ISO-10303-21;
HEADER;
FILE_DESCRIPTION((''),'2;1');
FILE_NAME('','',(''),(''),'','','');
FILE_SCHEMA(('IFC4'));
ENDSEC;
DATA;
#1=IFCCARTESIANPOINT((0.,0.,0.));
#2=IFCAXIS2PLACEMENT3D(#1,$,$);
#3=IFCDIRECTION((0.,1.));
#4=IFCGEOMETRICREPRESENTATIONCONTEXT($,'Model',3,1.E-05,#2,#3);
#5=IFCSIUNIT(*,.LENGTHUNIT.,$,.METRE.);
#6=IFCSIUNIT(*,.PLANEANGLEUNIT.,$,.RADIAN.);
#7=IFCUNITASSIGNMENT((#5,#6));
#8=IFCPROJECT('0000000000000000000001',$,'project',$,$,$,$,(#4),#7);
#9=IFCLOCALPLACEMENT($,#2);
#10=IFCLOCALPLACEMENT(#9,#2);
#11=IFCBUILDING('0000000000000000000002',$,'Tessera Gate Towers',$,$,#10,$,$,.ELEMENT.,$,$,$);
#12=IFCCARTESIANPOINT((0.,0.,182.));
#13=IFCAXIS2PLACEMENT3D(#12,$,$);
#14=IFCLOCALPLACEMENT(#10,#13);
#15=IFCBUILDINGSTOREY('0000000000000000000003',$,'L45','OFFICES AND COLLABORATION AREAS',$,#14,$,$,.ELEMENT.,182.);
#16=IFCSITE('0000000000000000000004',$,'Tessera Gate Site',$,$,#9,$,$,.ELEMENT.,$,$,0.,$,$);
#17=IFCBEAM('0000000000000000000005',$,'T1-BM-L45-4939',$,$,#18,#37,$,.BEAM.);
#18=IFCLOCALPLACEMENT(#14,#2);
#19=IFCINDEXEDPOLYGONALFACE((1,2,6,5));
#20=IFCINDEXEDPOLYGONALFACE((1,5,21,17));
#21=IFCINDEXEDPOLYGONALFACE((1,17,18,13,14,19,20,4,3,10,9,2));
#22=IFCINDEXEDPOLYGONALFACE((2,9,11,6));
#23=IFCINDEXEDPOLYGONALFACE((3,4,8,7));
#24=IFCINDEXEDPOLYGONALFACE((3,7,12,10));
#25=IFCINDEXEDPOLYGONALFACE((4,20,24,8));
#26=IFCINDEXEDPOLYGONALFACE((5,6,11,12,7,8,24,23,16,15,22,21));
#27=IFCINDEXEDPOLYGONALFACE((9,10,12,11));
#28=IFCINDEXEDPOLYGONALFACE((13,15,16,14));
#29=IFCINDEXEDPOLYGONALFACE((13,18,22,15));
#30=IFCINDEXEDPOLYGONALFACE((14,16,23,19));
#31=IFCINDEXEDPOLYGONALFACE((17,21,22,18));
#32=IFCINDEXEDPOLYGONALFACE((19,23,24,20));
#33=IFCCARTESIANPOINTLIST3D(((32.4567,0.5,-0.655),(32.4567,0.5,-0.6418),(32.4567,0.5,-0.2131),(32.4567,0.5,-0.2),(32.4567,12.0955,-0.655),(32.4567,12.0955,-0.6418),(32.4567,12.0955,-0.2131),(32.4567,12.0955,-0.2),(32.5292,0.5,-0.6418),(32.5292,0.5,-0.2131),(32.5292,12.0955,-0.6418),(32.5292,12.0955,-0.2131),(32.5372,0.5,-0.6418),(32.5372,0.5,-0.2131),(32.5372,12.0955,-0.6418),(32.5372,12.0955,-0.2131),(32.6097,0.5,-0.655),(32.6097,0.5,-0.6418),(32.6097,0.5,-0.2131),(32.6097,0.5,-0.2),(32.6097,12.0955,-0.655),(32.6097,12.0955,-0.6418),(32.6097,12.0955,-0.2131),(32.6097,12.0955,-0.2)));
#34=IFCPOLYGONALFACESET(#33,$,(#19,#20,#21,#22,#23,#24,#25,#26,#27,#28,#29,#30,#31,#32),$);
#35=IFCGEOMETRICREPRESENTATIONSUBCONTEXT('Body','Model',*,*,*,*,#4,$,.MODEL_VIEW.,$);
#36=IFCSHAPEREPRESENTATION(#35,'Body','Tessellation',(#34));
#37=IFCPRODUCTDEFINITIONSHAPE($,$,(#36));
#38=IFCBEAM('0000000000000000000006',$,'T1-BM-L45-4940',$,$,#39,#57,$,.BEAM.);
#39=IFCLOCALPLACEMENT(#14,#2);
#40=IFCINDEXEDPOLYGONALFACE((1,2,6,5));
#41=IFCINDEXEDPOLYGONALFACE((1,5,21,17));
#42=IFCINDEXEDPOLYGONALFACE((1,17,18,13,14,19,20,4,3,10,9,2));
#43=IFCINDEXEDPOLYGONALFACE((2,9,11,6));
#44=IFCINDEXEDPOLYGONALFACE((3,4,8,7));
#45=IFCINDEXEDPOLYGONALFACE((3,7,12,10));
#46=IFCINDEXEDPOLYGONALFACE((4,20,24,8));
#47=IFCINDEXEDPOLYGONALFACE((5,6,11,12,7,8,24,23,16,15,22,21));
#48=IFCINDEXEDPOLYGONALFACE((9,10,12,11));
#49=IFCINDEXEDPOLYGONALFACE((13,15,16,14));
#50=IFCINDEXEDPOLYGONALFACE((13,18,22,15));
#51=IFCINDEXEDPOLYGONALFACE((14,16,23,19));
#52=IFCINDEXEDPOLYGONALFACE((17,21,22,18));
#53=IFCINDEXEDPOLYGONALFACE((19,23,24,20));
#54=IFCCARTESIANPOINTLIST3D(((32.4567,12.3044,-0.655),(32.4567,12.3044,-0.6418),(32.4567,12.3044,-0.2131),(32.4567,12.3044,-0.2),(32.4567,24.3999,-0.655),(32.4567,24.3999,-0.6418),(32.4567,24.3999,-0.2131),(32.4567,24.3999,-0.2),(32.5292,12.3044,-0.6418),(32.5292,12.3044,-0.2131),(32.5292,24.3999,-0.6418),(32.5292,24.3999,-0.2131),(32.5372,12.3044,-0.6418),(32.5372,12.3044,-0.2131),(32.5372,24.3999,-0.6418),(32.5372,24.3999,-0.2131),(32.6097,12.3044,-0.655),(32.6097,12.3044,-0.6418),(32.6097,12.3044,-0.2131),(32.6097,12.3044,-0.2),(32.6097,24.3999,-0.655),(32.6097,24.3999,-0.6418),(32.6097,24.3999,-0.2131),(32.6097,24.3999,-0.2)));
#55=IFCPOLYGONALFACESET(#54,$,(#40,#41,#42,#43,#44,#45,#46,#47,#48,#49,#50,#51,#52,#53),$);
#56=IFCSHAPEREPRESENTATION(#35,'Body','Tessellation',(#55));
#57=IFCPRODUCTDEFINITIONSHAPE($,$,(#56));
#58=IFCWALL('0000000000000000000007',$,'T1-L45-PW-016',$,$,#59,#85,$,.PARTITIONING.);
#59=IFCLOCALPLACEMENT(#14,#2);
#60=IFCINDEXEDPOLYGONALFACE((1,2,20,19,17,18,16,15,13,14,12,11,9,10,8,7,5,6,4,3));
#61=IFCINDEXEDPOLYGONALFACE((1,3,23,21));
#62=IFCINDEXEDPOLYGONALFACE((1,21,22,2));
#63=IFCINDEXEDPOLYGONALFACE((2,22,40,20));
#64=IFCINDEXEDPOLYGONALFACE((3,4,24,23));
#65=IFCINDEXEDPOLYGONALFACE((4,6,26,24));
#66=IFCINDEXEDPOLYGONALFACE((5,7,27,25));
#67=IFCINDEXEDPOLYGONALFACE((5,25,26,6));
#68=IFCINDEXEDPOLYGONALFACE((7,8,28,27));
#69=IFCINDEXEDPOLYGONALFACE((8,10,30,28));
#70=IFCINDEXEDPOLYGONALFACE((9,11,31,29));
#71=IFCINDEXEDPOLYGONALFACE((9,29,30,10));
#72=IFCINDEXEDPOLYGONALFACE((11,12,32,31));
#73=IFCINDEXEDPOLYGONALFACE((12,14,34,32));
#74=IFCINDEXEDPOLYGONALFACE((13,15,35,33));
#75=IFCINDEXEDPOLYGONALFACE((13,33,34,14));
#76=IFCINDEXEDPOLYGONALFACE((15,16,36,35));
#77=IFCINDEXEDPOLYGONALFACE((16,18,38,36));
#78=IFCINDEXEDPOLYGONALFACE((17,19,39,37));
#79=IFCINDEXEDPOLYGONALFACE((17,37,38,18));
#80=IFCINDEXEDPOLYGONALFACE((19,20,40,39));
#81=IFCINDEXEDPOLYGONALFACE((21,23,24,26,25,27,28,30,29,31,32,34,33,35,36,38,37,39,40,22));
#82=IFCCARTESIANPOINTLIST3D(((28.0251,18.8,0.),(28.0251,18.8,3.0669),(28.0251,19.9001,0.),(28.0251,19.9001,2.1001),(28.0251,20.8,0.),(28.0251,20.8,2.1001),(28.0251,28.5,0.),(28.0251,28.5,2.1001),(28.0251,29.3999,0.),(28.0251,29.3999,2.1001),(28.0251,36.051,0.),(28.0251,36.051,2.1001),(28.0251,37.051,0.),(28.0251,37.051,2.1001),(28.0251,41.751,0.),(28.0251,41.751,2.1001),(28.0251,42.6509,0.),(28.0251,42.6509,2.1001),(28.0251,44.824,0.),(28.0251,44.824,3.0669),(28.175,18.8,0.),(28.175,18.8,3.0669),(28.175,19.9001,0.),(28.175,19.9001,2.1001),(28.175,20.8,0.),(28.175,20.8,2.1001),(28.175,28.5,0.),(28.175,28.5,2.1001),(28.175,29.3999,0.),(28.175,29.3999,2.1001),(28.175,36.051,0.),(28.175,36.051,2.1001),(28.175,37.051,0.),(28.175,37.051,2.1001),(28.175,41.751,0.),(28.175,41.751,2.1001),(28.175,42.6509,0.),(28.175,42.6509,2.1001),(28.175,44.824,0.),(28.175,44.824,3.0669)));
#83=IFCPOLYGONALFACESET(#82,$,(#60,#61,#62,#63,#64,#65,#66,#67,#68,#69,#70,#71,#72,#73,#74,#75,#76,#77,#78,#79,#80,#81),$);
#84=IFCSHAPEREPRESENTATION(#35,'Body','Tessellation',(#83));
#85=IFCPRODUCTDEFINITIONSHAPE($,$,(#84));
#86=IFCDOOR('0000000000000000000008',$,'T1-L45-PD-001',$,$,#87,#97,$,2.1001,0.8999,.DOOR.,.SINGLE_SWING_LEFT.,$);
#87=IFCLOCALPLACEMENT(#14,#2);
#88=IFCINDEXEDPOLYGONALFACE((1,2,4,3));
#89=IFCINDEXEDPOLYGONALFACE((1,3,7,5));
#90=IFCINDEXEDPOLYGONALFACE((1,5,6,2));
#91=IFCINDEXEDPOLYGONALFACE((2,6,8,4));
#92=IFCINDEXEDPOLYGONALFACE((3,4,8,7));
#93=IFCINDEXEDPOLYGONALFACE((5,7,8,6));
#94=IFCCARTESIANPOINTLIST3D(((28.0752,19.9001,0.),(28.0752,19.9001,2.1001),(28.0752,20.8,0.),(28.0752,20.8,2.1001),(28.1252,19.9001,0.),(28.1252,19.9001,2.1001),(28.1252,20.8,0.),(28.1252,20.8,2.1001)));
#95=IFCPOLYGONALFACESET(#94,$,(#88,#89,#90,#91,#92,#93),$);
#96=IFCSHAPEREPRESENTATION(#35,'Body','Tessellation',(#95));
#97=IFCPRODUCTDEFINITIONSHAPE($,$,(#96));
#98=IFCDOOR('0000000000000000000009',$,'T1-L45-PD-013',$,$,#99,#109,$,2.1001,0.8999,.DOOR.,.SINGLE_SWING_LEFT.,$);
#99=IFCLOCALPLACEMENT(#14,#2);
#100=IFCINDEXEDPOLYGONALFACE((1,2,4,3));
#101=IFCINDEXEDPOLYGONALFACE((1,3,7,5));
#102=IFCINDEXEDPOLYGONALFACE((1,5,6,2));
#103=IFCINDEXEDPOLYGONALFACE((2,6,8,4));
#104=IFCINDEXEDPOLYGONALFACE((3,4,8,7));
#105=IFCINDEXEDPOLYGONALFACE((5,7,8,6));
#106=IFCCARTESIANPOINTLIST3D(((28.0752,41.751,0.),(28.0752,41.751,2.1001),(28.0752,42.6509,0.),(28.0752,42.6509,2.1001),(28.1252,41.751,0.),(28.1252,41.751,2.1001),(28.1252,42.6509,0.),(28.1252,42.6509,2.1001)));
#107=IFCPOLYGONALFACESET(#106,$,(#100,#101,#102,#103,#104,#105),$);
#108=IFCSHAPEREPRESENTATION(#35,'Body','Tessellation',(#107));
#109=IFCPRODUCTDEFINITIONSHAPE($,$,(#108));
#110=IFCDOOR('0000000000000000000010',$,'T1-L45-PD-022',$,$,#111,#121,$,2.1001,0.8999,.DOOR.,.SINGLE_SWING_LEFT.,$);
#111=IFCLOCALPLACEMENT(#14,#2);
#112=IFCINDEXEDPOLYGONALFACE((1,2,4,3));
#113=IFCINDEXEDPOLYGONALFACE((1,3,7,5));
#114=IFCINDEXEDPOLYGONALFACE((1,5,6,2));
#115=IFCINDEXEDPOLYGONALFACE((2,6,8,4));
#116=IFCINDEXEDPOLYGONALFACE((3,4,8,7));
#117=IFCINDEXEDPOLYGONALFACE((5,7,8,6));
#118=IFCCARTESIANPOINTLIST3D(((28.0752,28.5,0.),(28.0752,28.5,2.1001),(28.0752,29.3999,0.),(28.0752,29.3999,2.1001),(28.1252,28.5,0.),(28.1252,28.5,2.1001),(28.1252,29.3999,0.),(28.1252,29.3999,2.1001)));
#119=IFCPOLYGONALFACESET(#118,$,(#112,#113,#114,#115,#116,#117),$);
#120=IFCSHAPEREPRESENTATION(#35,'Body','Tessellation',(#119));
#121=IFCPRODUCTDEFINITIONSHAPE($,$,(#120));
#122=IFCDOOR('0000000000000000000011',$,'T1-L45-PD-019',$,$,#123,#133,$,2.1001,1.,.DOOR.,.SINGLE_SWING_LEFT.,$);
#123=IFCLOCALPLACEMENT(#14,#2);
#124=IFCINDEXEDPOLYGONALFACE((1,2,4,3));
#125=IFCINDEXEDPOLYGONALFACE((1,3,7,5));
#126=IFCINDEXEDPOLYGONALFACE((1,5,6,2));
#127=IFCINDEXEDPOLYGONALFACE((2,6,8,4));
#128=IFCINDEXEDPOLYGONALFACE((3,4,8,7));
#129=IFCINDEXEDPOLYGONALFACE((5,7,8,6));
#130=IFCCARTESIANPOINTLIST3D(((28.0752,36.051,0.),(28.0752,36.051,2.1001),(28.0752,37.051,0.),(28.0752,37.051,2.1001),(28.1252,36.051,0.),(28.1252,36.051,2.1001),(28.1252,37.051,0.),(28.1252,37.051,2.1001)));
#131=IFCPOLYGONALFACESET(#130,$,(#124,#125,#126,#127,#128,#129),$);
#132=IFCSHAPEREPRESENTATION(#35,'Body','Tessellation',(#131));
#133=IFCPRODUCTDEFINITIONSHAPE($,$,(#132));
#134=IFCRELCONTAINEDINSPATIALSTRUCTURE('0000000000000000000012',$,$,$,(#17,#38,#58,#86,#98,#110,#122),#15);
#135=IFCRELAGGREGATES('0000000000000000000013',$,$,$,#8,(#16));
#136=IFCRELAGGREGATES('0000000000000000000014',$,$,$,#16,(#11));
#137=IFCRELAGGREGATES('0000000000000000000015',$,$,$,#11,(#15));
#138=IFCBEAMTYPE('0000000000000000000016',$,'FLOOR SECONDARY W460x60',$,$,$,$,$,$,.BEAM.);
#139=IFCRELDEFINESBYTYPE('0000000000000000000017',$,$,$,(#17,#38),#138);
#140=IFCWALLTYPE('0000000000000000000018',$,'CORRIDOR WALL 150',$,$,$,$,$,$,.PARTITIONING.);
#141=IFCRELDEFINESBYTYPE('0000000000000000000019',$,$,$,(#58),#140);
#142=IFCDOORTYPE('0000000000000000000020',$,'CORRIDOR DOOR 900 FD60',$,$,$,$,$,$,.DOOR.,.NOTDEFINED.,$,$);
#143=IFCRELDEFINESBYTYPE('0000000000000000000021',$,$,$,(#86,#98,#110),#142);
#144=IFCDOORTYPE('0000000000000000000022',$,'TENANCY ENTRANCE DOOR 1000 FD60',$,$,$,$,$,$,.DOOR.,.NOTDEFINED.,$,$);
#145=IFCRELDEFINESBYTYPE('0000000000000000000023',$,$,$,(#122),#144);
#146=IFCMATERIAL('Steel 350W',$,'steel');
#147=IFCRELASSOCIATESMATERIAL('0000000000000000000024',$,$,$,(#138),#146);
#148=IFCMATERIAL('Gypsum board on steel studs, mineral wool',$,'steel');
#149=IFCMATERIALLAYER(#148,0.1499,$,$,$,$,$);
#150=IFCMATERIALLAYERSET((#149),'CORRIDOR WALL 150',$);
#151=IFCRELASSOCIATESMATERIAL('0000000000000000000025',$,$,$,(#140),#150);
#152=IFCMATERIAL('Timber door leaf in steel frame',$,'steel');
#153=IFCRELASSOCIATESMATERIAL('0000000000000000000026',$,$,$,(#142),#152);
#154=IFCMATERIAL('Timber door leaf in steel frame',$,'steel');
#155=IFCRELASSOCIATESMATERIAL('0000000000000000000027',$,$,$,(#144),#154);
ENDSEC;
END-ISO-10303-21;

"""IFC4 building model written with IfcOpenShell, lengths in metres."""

from ifc_helpers import new_model, si_unit, direction, frame, frame_2d, origin, origin_2d, place, context, subcontext, project, spatial, rectangle, i_section, extrude, source, transform, mapped, material, layer, layer_set, material_profile, profile_set, type_object, element, fill, save


model = new_model("IFC4")

# Units and contexts
model_context = context("Model", 3, precision=1e-05, world=origin(), true_north=direction((0.0, 1.0)))
body_context = subcontext(model_context, "Body", "Model", "MODEL_VIEW")
ifc_project = project(units=[si_unit("LENGTHUNIT", "METRE"), si_unit("PLANEANGLEUNIT", "RADIAN")], contexts=[model_context])

# Site, building, storey
site_placement = place(None, origin())
site = spatial("IfcSite", under=ifc_project, at=site_placement, Name="Tessera Gate Site", CompositionType="ELEMENT", RefElevation=0.0)
building_placement = place(site_placement, origin())
building = spatial("IfcBuilding", under=site, at=building_placement, Name="Tessera Gate Towers", CompositionType="ELEMENT")
storey_placement = place(building_placement, frame((0.0, 0.0, 182.0)))
storey = spatial("IfcBuildingStorey", under=building, at=storey_placement, Name="L45", Description="OFFICES AND COLLABORATION AREAS", CompositionType="ELEMENT", Elevation=182.0)

# Beams
ifc_material_1 = material(Name="Steel 350W", Category="steel")
ifc_material_profile_1 = material_profile(ifc_material_1, i_section(OverallWidth=0.1531, OverallDepth=0.4551, WebThickness=0.0081, FlangeThickness=0.0132, at=origin_2d()), Name="W460x60")
ifc_profile_set_1 = profile_set([ifc_material_profile_1], Name="Steel 350W")
beam_type_1 = type_object("IfcBeamType", Name="FLOOR SECONDARY W460x60", PredefinedType="BEAM", material=ifc_profile_set_1)
beam_1_placement = place(storey_placement, frame((32.5332, 0.5, -0.4275), z_axis=(0.0, 1.0, 0.0), x_axis=(-1.0, 0.0, 0.0)))
element("IfcBeam", 1, at=beam_1_placement, inside=storey, type_object=beam_type_1, Name="T1-BM-L45-4939", PredefinedType="BEAM", context=body_context, shape_type="SweptSolid", body=[
    extrude(i_section(OverallWidth=0.1531, OverallDepth=0.4551, WebThickness=0.0081, FlangeThickness=0.0132, at=origin_2d()), origin(), (0.0, 0.0, 1.0), 11.5955),
])
beam_2_placement = place(storey_placement, frame((32.5332, 12.3044, -0.4275), z_axis=(0.0, 1.0, 0.0), x_axis=(-1.0, 0.0, 0.0)))
element("IfcBeam", 2, at=beam_2_placement, inside=storey, type_object=beam_type_1, Name="T1-BM-L45-4940", PredefinedType="BEAM", context=body_context, shape_type="SweptSolid", body=[
    extrude(i_section(OverallWidth=0.1531, OverallDepth=0.4551, WebThickness=0.0081, FlangeThickness=0.0132, at=origin_2d()), origin(), (0.0, 0.0, 1.0), 12.0955),
])

# Wall, openings, doors
ifc_material_2 = material(Name="Gypsum board on steel studs, mineral wool", Category="steel")
ifc_layer_1 = layer(ifc_material_2, 0.1499)
ifc_layer_set_1 = layer_set([ifc_layer_1], Name="CORRIDOR WALL 150")
wall_type_1 = type_object("IfcWallType", Name="CORRIDOR WALL 150", PredefinedType="PARTITIONING", material=ifc_layer_set_1)
wall_1_placement = place(storey_placement, frame((28.1001, 18.8, 0.0), z_axis=(0.0, 0.0, 1.0), x_axis=(0.0, 1.0, 0.0)))
wall_1 = element("IfcWall", 3, at=wall_1_placement, inside=storey, type_object=wall_type_1, Name="T1-L45-PW-016", PredefinedType="PARTITIONING", context=body_context, shape_type="SweptSolid", body=[
    extrude(rectangle(XDim=26.0239, YDim=0.1499, at=frame_2d((13.012, 0.0))), origin(), (0.0, 0.0, 1.0), 3.0669),
])
shared_shape_1 = source(origin(), body_context, "Body", "SweptSolid", [
    extrude(rectangle(XDim=0.8999, YDim=2.1001, at=frame_2d((0.45, 1.05))), frame((0.0, 0.085, 0.0), z_axis=(0.0, -1.0, 0.0), x_axis=(1.0, 0.0, 0.0)), (0.0, 0.0, 1.0), 0.1699),
])
opening_1_placement = place(wall_1_placement, frame((1.1001, 0.0, 0.0)))
opening_1 = element("IfcOpeningElement", 4, at=opening_1_placement, cuts=wall_1, PredefinedType="OPENING", context=body_context, shape_type="MappedRepresentation", body=[
    mapped(shared_shape_1, transform((0.0, 0.0, 0.0), scale=1.0)),
])
opening_2_placement = place(wall_1_placement, frame((22.9509, 0.0, 0.0)))
opening_2 = element("IfcOpeningElement", 5, at=opening_2_placement, cuts=wall_1, PredefinedType="OPENING", context=body_context, shape_type="MappedRepresentation", body=[
    mapped(shared_shape_1, transform((0.0, 0.0, 0.0), scale=1.0)),
])
shared_shape_2 = source(origin(), body_context, "Body", "SweptSolid", [
    extrude(rectangle(XDim=1.0, YDim=2.1001, at=frame_2d((0.5, 1.05))), frame((0.0, 0.085, 0.0), z_axis=(0.0, -1.0, 0.0), x_axis=(1.0, 0.0, 0.0)), (0.0, 0.0, 1.0), 0.1699),
])
opening_3_placement = place(wall_1_placement, frame((17.251, 0.0, 0.0)))
opening_3 = element("IfcOpeningElement", 6, at=opening_3_placement, cuts=wall_1, PredefinedType="OPENING", context=body_context, shape_type="MappedRepresentation", body=[
    mapped(shared_shape_2, transform((0.0, 0.0, 0.0), scale=1.0)),
])
opening_4_placement = place(wall_1_placement, frame((9.7, 0.0, 0.0)))
opening_4 = element("IfcOpeningElement", 7, at=opening_4_placement, cuts=wall_1, PredefinedType="OPENING", context=body_context, shape_type="MappedRepresentation", body=[
    mapped(shared_shape_1, transform((0.0, 0.0, 0.0), scale=1.0)),
])
ifc_material_3 = material(Name="Timber door leaf in steel frame", Category="steel")
door_type_1 = type_object("IfcDoorType", Name="CORRIDOR DOOR 900 FD60", OperationType="NOTDEFINED", PredefinedType="DOOR", material=ifc_material_3)
shared_shape_3 = source(origin(), body_context, "Body", "SweptSolid", [
    extrude(rectangle(XDim=0.8999, YDim=2.1001, at=frame_2d((0.45, 1.05))), frame((0.0, 0.0249, 0.0), z_axis=(0.0, -1.0, 0.0), x_axis=(1.0, 0.0, 0.0)), (0.0, 0.0, 1.0), 0.05),
])
door_1_placement = place(opening_1_placement, origin())
door_1 = element("IfcDoor", 8, at=door_1_placement, inside=storey, type_object=door_type_1, Name="T1-L45-PD-001", OperationType="SINGLE_SWING_LEFT", OverallHeight=2.1001, OverallWidth=0.8999, PredefinedType="DOOR", context=body_context, shape_type="MappedRepresentation", body=[
    mapped(shared_shape_3, transform((0.0, 0.0, 0.0), scale=1.0)),
])
fill(opening_1, door_1)
door_2_placement = place(opening_2_placement, origin())
door_2 = element("IfcDoor", 9, at=door_2_placement, inside=storey, type_object=door_type_1, Name="T1-L45-PD-013", OperationType="SINGLE_SWING_LEFT", OverallHeight=2.1001, OverallWidth=0.8999, PredefinedType="DOOR", context=body_context, shape_type="MappedRepresentation", body=[
    mapped(shared_shape_3, transform((0.0, 0.0, 0.0), scale=1.0)),
])
fill(opening_2, door_2)
door_3_placement = place(opening_4_placement, origin())
door_3 = element("IfcDoor", 10, at=door_3_placement, inside=storey, type_object=door_type_1, Name="T1-L45-PD-022", OperationType="SINGLE_SWING_LEFT", OverallHeight=2.1001, OverallWidth=0.8999, PredefinedType="DOOR", context=body_context, shape_type="MappedRepresentation", body=[
    mapped(shared_shape_3, transform((0.0, 0.0, 0.0), scale=1.0)),
])
fill(opening_4, door_3)
ifc_material_4 = material(Name="Timber door leaf in steel frame", Category="steel")
door_type_2 = type_object("IfcDoorType", Name="TENANCY ENTRANCE DOOR 1000 FD60", OperationType="NOTDEFINED", PredefinedType="DOOR", material=ifc_material_4)
shared_shape_4 = source(origin(), body_context, "Body", "SweptSolid", [
    extrude(rectangle(XDim=1.0, YDim=2.1001, at=frame_2d((0.5, 1.05))), frame((0.0, 0.0249, 0.0), z_axis=(0.0, -1.0, 0.0), x_axis=(1.0, 0.0, 0.0)), (0.0, 0.0, 1.0), 0.05),
])
door_4_placement = place(opening_3_placement, origin())
door_4 = element("IfcDoor", 11, at=door_4_placement, inside=storey, type_object=door_type_2, Name="T1-L45-PD-019", OperationType="SINGLE_SWING_LEFT", OverallHeight=2.1001, OverallWidth=1.0, PredefinedType="DOOR", context=body_context, shape_type="MappedRepresentation", body=[
    mapped(shared_shape_4, transform((0.0, 0.0, 0.0), scale=1.0)),
])
fill(opening_3, door_4)

save(model, "model.ifc")
